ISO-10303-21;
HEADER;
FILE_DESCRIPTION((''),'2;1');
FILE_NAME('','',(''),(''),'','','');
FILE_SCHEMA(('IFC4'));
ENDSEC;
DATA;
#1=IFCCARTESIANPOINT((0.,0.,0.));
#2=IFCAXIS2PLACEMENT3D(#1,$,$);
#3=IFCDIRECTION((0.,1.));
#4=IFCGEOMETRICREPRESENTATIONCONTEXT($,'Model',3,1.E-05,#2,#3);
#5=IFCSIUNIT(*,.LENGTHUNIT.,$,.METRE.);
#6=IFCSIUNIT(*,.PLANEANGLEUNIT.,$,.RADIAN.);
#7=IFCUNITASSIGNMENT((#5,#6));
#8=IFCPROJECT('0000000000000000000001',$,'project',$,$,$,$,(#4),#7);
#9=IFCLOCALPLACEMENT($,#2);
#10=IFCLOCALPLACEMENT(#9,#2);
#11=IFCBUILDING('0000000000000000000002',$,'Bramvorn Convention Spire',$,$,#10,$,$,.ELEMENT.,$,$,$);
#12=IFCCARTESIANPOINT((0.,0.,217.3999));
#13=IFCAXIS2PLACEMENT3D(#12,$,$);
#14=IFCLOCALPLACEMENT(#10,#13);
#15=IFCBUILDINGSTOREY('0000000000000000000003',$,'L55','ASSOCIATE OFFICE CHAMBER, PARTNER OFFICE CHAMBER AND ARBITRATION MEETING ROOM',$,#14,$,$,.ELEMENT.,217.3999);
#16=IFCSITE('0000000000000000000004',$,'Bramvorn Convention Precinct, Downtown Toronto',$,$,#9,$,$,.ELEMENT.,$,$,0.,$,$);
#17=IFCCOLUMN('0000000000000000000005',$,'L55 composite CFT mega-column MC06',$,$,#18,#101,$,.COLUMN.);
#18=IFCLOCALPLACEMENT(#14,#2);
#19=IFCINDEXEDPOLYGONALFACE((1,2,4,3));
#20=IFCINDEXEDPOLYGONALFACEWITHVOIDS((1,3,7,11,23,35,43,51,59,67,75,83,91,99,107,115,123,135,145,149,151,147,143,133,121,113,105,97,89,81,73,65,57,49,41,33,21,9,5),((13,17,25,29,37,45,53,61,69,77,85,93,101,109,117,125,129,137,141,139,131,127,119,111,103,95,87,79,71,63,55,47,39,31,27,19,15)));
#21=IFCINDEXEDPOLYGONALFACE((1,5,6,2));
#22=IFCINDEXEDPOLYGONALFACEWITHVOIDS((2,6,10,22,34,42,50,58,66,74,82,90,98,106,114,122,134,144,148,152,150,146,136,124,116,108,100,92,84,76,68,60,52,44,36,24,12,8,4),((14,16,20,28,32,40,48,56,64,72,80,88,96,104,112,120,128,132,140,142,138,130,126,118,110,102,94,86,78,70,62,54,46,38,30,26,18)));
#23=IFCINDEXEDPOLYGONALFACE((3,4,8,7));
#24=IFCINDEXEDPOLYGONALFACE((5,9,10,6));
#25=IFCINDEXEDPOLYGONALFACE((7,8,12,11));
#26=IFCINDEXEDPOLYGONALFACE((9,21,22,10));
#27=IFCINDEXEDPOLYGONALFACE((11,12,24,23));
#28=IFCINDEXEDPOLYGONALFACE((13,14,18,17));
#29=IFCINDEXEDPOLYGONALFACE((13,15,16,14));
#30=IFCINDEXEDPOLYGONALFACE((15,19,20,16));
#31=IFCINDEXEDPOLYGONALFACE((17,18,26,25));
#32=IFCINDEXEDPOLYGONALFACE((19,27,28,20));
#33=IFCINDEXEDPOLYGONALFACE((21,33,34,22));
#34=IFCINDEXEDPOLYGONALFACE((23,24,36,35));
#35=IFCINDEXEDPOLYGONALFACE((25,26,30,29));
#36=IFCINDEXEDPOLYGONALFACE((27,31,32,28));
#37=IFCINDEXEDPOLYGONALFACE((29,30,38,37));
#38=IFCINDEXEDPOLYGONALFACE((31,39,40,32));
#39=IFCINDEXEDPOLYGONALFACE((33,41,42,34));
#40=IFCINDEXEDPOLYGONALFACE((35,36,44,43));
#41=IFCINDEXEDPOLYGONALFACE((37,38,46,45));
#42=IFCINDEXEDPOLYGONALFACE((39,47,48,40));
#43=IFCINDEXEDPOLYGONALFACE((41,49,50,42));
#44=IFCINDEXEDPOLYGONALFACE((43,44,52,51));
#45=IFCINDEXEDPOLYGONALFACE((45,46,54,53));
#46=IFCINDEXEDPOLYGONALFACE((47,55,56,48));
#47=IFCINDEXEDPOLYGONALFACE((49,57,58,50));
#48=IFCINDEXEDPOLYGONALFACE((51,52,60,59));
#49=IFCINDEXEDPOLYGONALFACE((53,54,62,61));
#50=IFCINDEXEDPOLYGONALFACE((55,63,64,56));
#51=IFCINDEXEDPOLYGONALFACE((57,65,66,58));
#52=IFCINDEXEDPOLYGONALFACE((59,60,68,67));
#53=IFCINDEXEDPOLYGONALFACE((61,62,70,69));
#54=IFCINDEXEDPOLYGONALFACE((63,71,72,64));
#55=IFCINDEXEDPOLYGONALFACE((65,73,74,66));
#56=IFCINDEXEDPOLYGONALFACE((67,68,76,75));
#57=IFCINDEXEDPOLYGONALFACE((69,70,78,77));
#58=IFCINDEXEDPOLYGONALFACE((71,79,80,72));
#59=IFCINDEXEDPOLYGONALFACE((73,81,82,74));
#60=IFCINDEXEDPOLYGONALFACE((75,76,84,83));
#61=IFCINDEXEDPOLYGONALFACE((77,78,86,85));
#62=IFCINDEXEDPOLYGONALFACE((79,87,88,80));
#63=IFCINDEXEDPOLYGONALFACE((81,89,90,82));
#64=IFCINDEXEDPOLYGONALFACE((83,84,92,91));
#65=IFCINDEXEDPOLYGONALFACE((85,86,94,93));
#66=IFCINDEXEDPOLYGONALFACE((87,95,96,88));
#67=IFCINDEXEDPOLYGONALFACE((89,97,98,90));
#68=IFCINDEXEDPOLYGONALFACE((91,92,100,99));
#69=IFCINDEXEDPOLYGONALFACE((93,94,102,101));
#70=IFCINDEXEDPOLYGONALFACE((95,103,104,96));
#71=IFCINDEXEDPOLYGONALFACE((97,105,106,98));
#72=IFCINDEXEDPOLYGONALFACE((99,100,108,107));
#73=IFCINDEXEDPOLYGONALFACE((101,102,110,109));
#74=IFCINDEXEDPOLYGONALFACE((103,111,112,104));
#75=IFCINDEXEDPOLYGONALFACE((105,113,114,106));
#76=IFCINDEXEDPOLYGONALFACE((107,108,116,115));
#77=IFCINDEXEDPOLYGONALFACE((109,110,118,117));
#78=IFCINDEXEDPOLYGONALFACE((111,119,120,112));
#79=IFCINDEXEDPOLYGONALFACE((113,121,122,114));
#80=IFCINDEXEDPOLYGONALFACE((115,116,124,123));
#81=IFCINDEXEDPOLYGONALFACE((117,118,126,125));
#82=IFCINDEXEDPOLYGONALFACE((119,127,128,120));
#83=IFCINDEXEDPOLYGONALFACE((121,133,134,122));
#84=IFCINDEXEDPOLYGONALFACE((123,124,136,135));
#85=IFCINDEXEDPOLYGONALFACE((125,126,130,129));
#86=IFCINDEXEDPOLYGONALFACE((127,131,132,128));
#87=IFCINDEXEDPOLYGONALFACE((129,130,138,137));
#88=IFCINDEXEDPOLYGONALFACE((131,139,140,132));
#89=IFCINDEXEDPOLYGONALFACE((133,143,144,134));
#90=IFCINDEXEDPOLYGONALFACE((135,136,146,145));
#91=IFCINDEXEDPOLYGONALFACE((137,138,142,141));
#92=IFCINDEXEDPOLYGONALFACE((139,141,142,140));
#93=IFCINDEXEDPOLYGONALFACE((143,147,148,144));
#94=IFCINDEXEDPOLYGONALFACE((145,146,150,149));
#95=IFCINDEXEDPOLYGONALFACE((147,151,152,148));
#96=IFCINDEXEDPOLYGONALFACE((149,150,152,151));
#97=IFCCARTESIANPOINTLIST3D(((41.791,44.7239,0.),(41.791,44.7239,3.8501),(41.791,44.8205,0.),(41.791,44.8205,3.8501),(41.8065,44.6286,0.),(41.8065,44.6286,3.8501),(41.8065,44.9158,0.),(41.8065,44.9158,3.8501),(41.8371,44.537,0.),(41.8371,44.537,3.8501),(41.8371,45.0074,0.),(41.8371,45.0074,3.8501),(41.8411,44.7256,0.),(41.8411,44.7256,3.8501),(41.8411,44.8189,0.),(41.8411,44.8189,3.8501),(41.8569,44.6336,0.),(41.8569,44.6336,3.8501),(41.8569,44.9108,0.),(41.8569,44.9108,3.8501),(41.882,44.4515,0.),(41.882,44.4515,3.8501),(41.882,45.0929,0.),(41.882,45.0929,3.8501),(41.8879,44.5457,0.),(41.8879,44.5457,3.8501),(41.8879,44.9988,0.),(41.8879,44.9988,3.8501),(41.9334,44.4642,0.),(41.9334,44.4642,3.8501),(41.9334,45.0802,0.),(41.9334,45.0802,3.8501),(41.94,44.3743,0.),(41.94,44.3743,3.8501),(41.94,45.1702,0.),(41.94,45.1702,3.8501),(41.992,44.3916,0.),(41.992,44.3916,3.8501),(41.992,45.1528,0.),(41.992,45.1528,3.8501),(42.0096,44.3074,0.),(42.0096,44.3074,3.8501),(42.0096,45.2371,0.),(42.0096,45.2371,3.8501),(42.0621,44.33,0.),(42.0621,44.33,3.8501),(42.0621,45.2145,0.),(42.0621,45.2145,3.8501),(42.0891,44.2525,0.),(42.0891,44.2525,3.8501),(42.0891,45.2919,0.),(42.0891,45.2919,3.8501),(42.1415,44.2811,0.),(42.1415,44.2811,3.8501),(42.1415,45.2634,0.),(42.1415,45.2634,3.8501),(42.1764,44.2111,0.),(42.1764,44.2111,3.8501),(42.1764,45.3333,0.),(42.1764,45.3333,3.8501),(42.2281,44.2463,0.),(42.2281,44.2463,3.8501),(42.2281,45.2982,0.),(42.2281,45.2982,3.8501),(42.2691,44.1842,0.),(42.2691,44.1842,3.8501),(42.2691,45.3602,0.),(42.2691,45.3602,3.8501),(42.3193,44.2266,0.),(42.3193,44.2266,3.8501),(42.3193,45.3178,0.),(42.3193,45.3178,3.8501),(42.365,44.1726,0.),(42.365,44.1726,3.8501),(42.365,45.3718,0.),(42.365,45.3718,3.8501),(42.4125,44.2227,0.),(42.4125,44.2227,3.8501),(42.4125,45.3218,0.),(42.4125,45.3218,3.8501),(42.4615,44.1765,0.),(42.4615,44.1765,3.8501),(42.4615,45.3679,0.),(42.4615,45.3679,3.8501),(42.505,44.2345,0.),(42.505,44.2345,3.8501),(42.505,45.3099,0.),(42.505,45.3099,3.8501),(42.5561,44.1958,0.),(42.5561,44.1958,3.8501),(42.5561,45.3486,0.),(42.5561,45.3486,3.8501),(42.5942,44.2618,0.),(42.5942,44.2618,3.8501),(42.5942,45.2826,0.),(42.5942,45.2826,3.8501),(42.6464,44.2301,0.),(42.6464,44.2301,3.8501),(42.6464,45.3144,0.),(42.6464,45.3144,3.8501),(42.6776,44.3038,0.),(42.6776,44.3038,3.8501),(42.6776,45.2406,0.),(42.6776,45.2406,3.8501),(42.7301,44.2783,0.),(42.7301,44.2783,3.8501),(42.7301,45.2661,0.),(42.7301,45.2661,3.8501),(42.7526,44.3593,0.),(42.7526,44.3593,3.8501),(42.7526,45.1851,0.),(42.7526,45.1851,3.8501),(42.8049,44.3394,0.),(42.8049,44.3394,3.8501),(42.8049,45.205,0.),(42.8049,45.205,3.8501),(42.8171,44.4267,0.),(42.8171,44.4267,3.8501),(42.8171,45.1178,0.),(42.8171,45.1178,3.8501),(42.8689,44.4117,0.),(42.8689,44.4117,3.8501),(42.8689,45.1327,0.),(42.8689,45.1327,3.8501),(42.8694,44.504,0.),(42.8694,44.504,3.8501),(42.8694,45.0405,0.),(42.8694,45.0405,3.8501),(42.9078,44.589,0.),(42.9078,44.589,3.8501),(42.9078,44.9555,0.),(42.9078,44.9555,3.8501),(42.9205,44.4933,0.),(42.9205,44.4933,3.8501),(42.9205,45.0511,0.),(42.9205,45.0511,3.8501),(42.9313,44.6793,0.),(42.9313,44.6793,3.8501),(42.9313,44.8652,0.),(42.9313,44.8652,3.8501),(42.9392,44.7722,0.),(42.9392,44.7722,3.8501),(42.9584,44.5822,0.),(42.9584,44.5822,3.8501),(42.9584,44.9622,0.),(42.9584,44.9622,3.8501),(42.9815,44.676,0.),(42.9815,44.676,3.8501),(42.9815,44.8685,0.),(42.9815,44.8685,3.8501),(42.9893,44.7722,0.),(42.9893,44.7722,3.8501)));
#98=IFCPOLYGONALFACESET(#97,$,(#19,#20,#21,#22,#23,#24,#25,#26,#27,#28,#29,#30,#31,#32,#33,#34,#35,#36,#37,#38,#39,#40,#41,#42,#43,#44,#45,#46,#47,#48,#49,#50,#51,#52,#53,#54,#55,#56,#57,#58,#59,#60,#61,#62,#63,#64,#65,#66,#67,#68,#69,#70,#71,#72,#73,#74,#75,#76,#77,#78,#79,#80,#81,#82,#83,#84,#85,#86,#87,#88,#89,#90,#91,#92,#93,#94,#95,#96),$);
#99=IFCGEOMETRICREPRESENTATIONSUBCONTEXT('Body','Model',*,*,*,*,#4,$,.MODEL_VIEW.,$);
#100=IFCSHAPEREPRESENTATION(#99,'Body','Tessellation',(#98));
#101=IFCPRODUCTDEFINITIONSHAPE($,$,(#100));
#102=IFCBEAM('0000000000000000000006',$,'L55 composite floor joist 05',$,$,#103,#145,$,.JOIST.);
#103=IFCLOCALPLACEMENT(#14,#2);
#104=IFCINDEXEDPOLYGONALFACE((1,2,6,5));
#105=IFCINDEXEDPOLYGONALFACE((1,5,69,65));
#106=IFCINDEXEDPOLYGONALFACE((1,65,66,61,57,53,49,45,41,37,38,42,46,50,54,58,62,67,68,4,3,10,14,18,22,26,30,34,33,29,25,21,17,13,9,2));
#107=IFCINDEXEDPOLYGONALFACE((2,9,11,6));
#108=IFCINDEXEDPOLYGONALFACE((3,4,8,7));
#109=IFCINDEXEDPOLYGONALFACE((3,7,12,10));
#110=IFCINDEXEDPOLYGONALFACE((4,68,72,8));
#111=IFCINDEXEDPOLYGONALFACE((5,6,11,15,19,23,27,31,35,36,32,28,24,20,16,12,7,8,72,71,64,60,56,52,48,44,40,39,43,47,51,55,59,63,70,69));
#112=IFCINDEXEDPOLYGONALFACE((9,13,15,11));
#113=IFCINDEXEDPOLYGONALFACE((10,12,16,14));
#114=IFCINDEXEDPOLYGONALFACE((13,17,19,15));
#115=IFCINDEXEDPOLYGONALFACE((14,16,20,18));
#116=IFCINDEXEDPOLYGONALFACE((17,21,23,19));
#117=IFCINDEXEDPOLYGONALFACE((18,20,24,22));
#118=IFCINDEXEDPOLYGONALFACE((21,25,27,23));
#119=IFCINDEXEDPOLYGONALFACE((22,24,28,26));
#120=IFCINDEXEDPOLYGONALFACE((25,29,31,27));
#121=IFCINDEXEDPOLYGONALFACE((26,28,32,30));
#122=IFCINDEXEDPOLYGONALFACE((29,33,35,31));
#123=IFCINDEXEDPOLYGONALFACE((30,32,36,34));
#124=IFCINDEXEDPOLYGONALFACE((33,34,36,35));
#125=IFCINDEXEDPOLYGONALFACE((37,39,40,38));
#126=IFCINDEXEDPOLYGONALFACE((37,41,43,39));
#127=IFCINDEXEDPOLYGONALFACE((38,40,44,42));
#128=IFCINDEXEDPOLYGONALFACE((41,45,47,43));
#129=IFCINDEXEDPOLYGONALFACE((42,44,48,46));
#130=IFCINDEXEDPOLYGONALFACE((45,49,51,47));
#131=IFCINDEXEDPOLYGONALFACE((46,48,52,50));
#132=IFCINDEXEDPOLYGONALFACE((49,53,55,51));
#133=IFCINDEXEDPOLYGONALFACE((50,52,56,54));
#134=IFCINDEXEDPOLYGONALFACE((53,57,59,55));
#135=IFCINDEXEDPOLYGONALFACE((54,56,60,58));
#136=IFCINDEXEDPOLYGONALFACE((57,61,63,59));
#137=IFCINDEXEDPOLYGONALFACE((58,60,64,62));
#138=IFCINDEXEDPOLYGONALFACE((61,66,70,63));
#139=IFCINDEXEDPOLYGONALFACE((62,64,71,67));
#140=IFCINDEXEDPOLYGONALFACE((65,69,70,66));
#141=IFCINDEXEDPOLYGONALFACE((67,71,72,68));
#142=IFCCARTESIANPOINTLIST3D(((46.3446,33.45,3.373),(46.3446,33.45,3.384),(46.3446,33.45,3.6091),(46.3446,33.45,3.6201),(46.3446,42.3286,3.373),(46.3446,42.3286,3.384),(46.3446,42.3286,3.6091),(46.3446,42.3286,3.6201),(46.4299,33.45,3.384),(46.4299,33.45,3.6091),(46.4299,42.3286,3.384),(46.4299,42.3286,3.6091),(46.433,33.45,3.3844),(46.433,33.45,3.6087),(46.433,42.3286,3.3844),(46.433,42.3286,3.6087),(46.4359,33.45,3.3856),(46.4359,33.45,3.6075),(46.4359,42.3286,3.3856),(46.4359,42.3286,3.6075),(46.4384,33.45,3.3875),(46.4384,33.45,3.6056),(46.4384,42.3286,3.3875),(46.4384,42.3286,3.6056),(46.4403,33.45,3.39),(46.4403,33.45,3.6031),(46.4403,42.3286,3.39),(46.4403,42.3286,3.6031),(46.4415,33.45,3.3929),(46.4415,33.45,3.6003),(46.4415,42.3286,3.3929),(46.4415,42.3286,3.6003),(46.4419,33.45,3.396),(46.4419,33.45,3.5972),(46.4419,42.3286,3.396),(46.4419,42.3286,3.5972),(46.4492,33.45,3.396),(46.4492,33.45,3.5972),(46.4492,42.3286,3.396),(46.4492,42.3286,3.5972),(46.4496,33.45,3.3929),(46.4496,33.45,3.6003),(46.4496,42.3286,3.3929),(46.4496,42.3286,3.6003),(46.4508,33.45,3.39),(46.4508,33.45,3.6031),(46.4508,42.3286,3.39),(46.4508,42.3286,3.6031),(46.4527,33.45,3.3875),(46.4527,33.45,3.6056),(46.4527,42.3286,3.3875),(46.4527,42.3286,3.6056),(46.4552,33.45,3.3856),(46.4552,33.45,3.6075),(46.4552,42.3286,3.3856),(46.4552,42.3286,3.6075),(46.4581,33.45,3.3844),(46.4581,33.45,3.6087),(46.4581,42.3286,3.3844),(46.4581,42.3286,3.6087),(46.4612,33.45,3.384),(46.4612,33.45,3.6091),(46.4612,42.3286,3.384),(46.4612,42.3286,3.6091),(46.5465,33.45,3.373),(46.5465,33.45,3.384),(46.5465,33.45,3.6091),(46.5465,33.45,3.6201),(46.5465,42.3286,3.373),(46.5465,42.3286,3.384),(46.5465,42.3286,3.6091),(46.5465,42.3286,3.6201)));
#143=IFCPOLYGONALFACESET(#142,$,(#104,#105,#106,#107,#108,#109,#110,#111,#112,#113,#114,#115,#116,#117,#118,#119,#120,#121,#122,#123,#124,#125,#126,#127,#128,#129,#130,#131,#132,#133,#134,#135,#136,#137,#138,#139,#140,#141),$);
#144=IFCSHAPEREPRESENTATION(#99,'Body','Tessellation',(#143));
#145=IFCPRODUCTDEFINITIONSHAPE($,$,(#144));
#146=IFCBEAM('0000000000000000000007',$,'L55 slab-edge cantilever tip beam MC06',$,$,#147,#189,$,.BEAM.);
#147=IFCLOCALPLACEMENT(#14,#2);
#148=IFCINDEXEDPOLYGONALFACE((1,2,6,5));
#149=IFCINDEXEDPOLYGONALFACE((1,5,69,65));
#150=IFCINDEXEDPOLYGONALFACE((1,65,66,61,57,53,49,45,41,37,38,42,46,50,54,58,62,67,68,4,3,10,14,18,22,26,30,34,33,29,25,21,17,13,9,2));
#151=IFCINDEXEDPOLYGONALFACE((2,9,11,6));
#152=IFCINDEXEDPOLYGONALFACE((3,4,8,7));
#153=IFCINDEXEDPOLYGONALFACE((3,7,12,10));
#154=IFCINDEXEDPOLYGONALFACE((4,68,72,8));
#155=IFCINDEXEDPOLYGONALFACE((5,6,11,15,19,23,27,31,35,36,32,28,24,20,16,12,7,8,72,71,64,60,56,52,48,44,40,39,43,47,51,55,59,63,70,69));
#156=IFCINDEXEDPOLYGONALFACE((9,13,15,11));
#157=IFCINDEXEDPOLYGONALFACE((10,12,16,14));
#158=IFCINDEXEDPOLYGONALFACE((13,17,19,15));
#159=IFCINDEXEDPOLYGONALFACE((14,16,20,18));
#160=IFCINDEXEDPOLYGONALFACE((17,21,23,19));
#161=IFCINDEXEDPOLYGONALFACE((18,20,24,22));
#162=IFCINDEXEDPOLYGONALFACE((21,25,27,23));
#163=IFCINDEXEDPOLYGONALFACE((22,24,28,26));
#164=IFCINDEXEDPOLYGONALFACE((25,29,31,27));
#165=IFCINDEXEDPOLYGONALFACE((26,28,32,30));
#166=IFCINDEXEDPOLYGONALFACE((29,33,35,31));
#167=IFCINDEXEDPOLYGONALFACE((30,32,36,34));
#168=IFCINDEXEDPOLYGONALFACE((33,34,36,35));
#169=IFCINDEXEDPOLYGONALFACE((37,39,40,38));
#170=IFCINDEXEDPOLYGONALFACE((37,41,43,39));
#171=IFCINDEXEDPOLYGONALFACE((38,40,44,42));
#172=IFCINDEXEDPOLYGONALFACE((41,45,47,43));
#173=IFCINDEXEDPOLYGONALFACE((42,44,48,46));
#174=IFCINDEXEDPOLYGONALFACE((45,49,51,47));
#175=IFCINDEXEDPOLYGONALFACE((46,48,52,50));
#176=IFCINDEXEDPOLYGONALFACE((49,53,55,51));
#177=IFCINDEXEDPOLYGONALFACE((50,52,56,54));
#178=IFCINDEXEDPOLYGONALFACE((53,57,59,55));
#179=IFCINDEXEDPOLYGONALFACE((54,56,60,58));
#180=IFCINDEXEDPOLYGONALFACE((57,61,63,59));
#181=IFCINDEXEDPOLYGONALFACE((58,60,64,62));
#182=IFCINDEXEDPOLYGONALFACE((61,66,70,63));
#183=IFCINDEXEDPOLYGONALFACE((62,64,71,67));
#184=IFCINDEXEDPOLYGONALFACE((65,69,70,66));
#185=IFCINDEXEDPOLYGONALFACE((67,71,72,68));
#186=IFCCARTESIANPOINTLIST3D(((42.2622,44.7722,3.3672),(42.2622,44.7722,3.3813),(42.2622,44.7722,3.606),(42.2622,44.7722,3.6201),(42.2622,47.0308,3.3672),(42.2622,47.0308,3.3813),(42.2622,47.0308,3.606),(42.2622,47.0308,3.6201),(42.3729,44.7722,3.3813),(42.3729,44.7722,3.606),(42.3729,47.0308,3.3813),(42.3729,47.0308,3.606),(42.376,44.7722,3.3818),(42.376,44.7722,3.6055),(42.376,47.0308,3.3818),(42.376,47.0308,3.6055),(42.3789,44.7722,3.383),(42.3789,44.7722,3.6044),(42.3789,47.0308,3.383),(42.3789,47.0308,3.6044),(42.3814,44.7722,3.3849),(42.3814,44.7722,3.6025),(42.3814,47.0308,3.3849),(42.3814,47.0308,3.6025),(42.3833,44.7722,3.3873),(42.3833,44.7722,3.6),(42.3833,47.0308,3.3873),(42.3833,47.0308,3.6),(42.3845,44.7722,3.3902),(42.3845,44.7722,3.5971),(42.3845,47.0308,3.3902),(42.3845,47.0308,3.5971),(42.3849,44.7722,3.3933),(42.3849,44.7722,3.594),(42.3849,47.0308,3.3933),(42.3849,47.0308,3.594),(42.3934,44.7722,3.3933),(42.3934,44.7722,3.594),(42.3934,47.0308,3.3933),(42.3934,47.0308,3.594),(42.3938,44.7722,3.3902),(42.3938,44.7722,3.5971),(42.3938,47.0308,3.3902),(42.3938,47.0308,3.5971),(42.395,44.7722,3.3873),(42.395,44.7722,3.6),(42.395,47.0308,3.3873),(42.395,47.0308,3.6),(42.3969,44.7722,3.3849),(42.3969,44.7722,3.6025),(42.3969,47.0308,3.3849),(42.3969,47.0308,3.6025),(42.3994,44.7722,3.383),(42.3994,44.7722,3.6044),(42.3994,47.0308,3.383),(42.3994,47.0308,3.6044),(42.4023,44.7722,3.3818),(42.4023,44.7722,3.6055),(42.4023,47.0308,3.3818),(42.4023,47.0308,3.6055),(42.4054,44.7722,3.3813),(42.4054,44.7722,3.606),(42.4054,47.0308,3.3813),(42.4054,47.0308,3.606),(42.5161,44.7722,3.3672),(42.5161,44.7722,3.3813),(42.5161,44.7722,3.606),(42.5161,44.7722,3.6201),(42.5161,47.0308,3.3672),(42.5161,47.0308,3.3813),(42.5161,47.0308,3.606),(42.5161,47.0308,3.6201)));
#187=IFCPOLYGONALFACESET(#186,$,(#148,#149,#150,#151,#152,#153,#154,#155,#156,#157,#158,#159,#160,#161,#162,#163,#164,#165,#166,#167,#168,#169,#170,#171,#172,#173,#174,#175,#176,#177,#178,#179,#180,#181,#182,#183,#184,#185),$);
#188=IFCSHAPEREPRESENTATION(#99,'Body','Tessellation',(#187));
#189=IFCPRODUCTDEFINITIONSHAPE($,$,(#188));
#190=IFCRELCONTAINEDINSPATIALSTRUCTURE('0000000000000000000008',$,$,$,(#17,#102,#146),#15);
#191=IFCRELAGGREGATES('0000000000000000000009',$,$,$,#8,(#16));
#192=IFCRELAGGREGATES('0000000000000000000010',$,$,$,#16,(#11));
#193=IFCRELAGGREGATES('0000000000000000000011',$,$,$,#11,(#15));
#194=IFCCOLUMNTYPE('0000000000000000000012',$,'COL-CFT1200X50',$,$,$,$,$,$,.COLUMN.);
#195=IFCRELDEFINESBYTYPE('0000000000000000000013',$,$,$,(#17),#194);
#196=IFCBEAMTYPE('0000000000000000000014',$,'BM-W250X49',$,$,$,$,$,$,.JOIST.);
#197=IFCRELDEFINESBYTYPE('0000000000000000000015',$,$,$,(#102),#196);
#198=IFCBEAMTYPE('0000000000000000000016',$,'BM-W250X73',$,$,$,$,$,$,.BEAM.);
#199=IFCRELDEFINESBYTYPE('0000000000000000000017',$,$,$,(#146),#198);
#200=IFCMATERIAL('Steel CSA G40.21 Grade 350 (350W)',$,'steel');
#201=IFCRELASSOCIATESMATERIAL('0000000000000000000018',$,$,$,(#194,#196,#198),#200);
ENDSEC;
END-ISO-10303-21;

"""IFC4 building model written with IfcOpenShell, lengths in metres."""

from ifc_helpers import new_model, si_unit, direction, frame, origin, origin_2d, place, context, subcontext, project, spatial, hollow_circle, i_section, extrude, material, material_profile, profile_set, type_object, element, save


model = new_model("IFC4")

# Units and contexts
model_context = context("Model", 3, precision=1e-05, world=origin(), true_north=direction((0.0, 1.0)))
body_context = subcontext(model_context, "Body", "Model", "MODEL_VIEW")
ifc_project = project(units=[si_unit("LENGTHUNIT", "METRE"), si_unit("PLANEANGLEUNIT", "RADIAN")], contexts=[model_context])

# Site, building, storey
site_placement = place(None, origin())
site = spatial("IfcSite", under=ifc_project, at=site_placement, Name="Bramvorn Convention Precinct, Downtown Toronto", CompositionType="ELEMENT", RefElevation=0.0)
building_placement = place(site_placement, origin())
building = spatial("IfcBuilding", under=site, at=building_placement, Name="Bramvorn Convention Spire", CompositionType="ELEMENT")
storey_placement = place(building_placement, frame((0.0, 0.0, 217.3999)))
storey = spatial("IfcBuildingStorey", under=building, at=storey_placement, Name="L55", Description="ASSOCIATE OFFICE CHAMBER, PARTNER OFFICE CHAMBER AND ARBITRATION MEETING ROOM", CompositionType="ELEMENT", Elevation=217.3999)

# Column
ifc_material_1 = material(Name="Steel CSA G40.21 Grade 350 (350W)", Category="steel")
ifc_material_profile_1 = material_profile(ifc_material_1, hollow_circle(Radius=0.6001, WallThickness=0.05, at=origin_2d()))
ifc_profile_set_1 = profile_set([ifc_material_profile_1], Name="Steel CSA G40.21 Grade 350 (350W) - CFT1200X50")
column_type = type_object("IfcColumnType", Name="COL-CFT1200X50", PredefinedType="COLUMN", material=ifc_profile_set_1)
column_placement = place(storey_placement, frame((42.3892, 44.7722, 0.0), z_axis=(0.0, 0.0, 1.0), x_axis=(1.0, 0.0, 0.0)))
element("IfcColumn", 1, at=column_placement, inside=storey, type_object=column_type, Name="L55 composite CFT mega-column MC06", PredefinedType="COLUMN", context=body_context, shape_type="SweptSolid", body=[
    extrude(hollow_circle(Radius=0.6001, WallThickness=0.05, at=origin_2d()), origin(), (0.0, 0.0, 1.0), 3.8501),
])

# Beams
ifc_material_profile_2 = material_profile(ifc_material_1, i_section(OverallWidth=0.2019, OverallDepth=0.2471, WebThickness=0.0073, FlangeThickness=0.011, FilletRadius=0.012, at=origin_2d()))
ifc_profile_set_2 = profile_set([ifc_material_profile_2], Name="Steel CSA G40.21 Grade 350 (350W) - W250X49")
beam_type_1 = type_object("IfcBeamType", Name="BM-W250X49", PredefinedType="JOIST", material=ifc_profile_set_2)
beam_1_placement = place(storey_placement, frame((46.4456, 33.45, 3.4966), z_axis=(0.0, 1.0, 0.0), x_axis=(-1.0, 0.0, 0.0)))
element("IfcBeam", 2, at=beam_1_placement, inside=storey, type_object=beam_type_1, Name="L55 composite floor joist 05", PredefinedType="JOIST", context=body_context, shape_type="SweptSolid", body=[
    extrude(i_section(OverallWidth=0.2019, OverallDepth=0.2471, WebThickness=0.0073, FlangeThickness=0.011, FilletRadius=0.012, at=origin_2d()), origin(), (0.0, 0.0, 1.0), 8.8787),
])
ifc_material_profile_3 = material_profile(ifc_material_1, i_section(OverallWidth=0.2539, OverallDepth=0.2529, WebThickness=0.0085, FlangeThickness=0.0142, FilletRadius=0.012, at=origin_2d()))
ifc_profile_set_3 = profile_set([ifc_material_profile_3], Name="Steel CSA G40.21 Grade 350 (350W) - W250X73")
beam_type_2 = type_object("IfcBeamType", Name="BM-W250X73", PredefinedType="BEAM", material=ifc_profile_set_3)
beam_2_placement = place(storey_placement, frame((42.3892, 44.7722, 3.4937), z_axis=(0.0, 1.0, 0.0), x_axis=(-1.0, 0.0, 0.0)))
element("IfcBeam", 3, at=beam_2_placement, inside=storey, type_object=beam_type_2, Name="L55 slab-edge cantilever tip beam MC06", PredefinedType="BEAM", context=body_context, shape_type="SweptSolid", body=[
    extrude(i_section(OverallWidth=0.2539, OverallDepth=0.2529, WebThickness=0.0085, FlangeThickness=0.0142, FilletRadius=0.012, at=origin_2d()), origin(), (0.0, 0.0, 1.0), 2.2585),
])

save(model, "model.ifc")
